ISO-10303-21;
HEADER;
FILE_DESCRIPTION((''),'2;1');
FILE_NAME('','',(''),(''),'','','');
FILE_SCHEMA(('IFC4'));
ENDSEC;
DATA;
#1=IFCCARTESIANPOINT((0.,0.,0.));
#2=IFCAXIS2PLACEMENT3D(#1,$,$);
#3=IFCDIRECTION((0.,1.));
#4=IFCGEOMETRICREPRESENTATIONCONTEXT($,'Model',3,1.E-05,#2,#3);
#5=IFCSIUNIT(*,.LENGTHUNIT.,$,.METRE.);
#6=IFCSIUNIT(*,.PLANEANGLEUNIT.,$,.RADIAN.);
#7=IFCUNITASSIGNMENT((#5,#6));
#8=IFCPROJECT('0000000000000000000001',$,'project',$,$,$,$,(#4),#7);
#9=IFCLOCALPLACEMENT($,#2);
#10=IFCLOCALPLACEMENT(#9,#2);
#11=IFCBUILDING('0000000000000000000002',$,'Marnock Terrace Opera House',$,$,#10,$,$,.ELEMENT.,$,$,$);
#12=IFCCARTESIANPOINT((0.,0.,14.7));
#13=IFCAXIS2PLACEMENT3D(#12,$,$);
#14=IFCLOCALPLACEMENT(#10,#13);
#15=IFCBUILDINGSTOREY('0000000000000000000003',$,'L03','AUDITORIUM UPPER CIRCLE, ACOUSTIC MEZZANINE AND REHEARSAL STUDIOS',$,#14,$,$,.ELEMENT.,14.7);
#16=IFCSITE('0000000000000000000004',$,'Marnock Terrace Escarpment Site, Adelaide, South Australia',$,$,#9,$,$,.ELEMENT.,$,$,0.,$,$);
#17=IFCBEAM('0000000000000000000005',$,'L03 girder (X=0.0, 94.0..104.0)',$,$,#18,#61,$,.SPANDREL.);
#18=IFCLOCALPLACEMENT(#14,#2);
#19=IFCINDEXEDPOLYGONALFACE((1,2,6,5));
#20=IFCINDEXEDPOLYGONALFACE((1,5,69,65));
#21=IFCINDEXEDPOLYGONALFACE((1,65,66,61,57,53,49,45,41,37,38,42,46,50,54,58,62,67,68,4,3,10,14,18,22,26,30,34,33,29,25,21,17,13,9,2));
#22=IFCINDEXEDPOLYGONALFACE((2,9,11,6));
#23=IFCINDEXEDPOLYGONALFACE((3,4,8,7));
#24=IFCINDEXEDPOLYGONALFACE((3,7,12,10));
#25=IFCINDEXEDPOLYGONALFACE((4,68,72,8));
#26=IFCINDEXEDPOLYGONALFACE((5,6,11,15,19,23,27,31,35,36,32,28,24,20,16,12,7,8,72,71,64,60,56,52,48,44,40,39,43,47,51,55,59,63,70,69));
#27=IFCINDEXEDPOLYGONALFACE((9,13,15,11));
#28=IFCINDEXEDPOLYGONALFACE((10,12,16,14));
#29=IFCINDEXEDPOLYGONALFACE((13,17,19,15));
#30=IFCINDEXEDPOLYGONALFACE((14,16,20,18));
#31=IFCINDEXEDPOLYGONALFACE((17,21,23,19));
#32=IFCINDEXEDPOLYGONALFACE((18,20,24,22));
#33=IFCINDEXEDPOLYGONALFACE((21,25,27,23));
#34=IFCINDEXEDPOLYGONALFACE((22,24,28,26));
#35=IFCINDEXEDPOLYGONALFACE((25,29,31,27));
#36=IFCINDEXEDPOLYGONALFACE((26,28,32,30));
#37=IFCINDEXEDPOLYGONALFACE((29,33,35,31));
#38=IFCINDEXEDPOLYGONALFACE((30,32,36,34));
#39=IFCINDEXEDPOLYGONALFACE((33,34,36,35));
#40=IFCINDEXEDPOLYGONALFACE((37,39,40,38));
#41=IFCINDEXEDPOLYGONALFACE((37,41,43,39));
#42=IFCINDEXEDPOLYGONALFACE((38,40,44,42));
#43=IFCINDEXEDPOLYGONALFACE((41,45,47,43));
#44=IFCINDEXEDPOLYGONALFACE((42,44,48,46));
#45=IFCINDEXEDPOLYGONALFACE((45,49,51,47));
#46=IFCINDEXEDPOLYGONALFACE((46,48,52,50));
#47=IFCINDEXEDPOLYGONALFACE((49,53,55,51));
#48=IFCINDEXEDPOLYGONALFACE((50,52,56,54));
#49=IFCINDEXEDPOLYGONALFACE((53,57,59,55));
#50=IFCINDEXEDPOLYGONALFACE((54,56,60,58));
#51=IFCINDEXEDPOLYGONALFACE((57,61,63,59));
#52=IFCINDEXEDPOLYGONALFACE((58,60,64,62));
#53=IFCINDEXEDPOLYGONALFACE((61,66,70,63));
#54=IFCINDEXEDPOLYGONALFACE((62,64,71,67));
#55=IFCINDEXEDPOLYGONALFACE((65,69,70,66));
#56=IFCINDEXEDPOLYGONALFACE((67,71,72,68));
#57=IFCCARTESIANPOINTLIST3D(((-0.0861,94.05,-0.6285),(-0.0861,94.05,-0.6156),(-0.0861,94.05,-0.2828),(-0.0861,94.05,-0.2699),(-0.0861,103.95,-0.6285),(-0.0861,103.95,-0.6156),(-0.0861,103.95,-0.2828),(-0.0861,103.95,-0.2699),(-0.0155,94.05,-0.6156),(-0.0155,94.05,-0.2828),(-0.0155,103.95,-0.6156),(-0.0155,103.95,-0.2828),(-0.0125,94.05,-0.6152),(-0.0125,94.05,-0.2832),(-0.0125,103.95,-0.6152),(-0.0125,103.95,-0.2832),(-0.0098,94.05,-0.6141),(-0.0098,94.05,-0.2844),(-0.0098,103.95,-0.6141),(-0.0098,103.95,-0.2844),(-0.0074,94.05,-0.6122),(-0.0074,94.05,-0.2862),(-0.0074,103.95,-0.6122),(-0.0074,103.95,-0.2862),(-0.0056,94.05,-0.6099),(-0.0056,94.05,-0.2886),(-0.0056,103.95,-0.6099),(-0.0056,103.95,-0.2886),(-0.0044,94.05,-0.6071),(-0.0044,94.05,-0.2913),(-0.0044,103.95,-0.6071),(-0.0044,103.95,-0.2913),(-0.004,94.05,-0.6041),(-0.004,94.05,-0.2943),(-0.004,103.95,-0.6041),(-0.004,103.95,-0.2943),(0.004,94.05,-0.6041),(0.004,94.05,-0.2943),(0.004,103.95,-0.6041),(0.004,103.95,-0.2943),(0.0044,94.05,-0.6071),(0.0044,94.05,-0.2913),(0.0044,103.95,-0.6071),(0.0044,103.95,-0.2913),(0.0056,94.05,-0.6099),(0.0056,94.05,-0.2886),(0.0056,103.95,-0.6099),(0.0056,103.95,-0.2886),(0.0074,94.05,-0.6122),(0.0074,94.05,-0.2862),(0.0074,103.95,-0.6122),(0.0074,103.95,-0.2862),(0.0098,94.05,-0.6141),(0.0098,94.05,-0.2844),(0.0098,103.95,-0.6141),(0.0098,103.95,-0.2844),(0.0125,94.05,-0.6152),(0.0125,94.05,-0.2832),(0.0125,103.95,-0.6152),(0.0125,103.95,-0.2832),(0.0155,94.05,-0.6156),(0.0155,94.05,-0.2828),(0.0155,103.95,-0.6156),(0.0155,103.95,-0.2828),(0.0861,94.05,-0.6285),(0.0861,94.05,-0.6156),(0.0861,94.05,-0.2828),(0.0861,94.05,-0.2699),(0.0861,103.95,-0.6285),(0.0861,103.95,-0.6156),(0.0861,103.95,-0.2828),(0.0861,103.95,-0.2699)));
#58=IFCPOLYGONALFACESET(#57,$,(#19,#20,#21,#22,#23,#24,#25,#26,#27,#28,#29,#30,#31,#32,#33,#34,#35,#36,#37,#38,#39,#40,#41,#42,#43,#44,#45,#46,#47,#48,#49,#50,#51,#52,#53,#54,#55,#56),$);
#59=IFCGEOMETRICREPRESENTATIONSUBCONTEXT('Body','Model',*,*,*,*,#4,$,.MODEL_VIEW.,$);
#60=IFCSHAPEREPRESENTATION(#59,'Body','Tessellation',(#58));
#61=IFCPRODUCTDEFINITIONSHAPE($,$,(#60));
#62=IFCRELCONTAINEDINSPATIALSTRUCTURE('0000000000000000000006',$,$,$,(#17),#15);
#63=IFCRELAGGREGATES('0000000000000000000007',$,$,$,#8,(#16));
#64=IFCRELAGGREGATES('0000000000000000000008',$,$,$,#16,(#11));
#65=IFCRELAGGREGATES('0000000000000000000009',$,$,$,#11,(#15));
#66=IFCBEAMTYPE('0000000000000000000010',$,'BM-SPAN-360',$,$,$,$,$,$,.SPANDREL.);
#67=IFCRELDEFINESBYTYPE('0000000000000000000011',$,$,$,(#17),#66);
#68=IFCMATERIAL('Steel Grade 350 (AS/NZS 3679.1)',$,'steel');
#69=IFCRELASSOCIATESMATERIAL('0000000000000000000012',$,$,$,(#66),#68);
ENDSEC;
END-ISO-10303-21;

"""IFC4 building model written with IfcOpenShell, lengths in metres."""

from ifc_helpers import new_model, si_unit, direction, frame, origin, origin_2d, place, context, subcontext, project, spatial, i_section, extrude, material, material_profile, profile_set, type_object, element, save


model = new_model("IFC4")

# Units and contexts
model_context = context("Model", 3, precision=1e-05, world=origin(), true_north=direction((0.0, 1.0)))
body_context = subcontext(model_context, "Body", "Model", "MODEL_VIEW")
ifc_project = project(units=[si_unit("LENGTHUNIT", "METRE"), si_unit("PLANEANGLEUNIT", "RADIAN")], contexts=[model_context])

# Site, building, storey
site_placement = place(None, origin())
site = spatial("IfcSite", under=ifc_project, at=site_placement, Name="Marnock Terrace Escarpment Site, Adelaide, South Australia", CompositionType="ELEMENT", RefElevation=0.0)
building_placement = place(site_placement, origin())
building = spatial("IfcBuilding", under=site, at=building_placement, Name="Marnock Terrace Opera House", CompositionType="ELEMENT")
storey_placement = place(building_placement, frame((0.0, 0.0, 14.7)))
storey = spatial("IfcBuildingStorey", under=building, at=storey_placement, Name="L03", Description="AUDITORIUM UPPER CIRCLE, ACOUSTIC MEZZANINE AND REHEARSAL STUDIOS", CompositionType="ELEMENT", Elevation=14.7)

# Beam
ifc_material = material(Name="Steel Grade 350 (AS/NZS 3679.1)", Category="steel")
ifc_material_profile_1 = material_profile(ifc_material, i_section(OverallWidth=0.1721, OverallDepth=0.3586, WebThickness=0.0081, FlangeThickness=0.0129, FilletRadius=0.0115, at=origin_2d()))
ifc_profile_set_1 = profile_set([ifc_material_profile_1], Name="Steel Grade 350 (AS/NZS 3679.1)")
beam_type_1 = type_object("IfcBeamType", Name="BM-SPAN-360", PredefinedType="SPANDREL", material=ifc_profile_set_1)
beam_1_placement = place(storey_placement, frame((0.0, 94.05, -0.4492), z_axis=(0.0, 1.0, 0.0), x_axis=(-1.0, 0.0, 0.0)))
element("IfcBeam", 1, at=beam_1_placement, inside=storey, type_object=beam_type_1, Name="L03 girder (X=0.0, 94.0..104.0)", PredefinedType="SPANDREL", context=body_context, shape_type="SweptSolid", body=[
    extrude(i_section(OverallWidth=0.1721, OverallDepth=0.3586, WebThickness=0.0081, FlangeThickness=0.0129, FilletRadius=0.0115, at=origin_2d()), origin(), (0.0, 0.0, 1.0), 9.8999),
])

save(model, "model.ifc")
